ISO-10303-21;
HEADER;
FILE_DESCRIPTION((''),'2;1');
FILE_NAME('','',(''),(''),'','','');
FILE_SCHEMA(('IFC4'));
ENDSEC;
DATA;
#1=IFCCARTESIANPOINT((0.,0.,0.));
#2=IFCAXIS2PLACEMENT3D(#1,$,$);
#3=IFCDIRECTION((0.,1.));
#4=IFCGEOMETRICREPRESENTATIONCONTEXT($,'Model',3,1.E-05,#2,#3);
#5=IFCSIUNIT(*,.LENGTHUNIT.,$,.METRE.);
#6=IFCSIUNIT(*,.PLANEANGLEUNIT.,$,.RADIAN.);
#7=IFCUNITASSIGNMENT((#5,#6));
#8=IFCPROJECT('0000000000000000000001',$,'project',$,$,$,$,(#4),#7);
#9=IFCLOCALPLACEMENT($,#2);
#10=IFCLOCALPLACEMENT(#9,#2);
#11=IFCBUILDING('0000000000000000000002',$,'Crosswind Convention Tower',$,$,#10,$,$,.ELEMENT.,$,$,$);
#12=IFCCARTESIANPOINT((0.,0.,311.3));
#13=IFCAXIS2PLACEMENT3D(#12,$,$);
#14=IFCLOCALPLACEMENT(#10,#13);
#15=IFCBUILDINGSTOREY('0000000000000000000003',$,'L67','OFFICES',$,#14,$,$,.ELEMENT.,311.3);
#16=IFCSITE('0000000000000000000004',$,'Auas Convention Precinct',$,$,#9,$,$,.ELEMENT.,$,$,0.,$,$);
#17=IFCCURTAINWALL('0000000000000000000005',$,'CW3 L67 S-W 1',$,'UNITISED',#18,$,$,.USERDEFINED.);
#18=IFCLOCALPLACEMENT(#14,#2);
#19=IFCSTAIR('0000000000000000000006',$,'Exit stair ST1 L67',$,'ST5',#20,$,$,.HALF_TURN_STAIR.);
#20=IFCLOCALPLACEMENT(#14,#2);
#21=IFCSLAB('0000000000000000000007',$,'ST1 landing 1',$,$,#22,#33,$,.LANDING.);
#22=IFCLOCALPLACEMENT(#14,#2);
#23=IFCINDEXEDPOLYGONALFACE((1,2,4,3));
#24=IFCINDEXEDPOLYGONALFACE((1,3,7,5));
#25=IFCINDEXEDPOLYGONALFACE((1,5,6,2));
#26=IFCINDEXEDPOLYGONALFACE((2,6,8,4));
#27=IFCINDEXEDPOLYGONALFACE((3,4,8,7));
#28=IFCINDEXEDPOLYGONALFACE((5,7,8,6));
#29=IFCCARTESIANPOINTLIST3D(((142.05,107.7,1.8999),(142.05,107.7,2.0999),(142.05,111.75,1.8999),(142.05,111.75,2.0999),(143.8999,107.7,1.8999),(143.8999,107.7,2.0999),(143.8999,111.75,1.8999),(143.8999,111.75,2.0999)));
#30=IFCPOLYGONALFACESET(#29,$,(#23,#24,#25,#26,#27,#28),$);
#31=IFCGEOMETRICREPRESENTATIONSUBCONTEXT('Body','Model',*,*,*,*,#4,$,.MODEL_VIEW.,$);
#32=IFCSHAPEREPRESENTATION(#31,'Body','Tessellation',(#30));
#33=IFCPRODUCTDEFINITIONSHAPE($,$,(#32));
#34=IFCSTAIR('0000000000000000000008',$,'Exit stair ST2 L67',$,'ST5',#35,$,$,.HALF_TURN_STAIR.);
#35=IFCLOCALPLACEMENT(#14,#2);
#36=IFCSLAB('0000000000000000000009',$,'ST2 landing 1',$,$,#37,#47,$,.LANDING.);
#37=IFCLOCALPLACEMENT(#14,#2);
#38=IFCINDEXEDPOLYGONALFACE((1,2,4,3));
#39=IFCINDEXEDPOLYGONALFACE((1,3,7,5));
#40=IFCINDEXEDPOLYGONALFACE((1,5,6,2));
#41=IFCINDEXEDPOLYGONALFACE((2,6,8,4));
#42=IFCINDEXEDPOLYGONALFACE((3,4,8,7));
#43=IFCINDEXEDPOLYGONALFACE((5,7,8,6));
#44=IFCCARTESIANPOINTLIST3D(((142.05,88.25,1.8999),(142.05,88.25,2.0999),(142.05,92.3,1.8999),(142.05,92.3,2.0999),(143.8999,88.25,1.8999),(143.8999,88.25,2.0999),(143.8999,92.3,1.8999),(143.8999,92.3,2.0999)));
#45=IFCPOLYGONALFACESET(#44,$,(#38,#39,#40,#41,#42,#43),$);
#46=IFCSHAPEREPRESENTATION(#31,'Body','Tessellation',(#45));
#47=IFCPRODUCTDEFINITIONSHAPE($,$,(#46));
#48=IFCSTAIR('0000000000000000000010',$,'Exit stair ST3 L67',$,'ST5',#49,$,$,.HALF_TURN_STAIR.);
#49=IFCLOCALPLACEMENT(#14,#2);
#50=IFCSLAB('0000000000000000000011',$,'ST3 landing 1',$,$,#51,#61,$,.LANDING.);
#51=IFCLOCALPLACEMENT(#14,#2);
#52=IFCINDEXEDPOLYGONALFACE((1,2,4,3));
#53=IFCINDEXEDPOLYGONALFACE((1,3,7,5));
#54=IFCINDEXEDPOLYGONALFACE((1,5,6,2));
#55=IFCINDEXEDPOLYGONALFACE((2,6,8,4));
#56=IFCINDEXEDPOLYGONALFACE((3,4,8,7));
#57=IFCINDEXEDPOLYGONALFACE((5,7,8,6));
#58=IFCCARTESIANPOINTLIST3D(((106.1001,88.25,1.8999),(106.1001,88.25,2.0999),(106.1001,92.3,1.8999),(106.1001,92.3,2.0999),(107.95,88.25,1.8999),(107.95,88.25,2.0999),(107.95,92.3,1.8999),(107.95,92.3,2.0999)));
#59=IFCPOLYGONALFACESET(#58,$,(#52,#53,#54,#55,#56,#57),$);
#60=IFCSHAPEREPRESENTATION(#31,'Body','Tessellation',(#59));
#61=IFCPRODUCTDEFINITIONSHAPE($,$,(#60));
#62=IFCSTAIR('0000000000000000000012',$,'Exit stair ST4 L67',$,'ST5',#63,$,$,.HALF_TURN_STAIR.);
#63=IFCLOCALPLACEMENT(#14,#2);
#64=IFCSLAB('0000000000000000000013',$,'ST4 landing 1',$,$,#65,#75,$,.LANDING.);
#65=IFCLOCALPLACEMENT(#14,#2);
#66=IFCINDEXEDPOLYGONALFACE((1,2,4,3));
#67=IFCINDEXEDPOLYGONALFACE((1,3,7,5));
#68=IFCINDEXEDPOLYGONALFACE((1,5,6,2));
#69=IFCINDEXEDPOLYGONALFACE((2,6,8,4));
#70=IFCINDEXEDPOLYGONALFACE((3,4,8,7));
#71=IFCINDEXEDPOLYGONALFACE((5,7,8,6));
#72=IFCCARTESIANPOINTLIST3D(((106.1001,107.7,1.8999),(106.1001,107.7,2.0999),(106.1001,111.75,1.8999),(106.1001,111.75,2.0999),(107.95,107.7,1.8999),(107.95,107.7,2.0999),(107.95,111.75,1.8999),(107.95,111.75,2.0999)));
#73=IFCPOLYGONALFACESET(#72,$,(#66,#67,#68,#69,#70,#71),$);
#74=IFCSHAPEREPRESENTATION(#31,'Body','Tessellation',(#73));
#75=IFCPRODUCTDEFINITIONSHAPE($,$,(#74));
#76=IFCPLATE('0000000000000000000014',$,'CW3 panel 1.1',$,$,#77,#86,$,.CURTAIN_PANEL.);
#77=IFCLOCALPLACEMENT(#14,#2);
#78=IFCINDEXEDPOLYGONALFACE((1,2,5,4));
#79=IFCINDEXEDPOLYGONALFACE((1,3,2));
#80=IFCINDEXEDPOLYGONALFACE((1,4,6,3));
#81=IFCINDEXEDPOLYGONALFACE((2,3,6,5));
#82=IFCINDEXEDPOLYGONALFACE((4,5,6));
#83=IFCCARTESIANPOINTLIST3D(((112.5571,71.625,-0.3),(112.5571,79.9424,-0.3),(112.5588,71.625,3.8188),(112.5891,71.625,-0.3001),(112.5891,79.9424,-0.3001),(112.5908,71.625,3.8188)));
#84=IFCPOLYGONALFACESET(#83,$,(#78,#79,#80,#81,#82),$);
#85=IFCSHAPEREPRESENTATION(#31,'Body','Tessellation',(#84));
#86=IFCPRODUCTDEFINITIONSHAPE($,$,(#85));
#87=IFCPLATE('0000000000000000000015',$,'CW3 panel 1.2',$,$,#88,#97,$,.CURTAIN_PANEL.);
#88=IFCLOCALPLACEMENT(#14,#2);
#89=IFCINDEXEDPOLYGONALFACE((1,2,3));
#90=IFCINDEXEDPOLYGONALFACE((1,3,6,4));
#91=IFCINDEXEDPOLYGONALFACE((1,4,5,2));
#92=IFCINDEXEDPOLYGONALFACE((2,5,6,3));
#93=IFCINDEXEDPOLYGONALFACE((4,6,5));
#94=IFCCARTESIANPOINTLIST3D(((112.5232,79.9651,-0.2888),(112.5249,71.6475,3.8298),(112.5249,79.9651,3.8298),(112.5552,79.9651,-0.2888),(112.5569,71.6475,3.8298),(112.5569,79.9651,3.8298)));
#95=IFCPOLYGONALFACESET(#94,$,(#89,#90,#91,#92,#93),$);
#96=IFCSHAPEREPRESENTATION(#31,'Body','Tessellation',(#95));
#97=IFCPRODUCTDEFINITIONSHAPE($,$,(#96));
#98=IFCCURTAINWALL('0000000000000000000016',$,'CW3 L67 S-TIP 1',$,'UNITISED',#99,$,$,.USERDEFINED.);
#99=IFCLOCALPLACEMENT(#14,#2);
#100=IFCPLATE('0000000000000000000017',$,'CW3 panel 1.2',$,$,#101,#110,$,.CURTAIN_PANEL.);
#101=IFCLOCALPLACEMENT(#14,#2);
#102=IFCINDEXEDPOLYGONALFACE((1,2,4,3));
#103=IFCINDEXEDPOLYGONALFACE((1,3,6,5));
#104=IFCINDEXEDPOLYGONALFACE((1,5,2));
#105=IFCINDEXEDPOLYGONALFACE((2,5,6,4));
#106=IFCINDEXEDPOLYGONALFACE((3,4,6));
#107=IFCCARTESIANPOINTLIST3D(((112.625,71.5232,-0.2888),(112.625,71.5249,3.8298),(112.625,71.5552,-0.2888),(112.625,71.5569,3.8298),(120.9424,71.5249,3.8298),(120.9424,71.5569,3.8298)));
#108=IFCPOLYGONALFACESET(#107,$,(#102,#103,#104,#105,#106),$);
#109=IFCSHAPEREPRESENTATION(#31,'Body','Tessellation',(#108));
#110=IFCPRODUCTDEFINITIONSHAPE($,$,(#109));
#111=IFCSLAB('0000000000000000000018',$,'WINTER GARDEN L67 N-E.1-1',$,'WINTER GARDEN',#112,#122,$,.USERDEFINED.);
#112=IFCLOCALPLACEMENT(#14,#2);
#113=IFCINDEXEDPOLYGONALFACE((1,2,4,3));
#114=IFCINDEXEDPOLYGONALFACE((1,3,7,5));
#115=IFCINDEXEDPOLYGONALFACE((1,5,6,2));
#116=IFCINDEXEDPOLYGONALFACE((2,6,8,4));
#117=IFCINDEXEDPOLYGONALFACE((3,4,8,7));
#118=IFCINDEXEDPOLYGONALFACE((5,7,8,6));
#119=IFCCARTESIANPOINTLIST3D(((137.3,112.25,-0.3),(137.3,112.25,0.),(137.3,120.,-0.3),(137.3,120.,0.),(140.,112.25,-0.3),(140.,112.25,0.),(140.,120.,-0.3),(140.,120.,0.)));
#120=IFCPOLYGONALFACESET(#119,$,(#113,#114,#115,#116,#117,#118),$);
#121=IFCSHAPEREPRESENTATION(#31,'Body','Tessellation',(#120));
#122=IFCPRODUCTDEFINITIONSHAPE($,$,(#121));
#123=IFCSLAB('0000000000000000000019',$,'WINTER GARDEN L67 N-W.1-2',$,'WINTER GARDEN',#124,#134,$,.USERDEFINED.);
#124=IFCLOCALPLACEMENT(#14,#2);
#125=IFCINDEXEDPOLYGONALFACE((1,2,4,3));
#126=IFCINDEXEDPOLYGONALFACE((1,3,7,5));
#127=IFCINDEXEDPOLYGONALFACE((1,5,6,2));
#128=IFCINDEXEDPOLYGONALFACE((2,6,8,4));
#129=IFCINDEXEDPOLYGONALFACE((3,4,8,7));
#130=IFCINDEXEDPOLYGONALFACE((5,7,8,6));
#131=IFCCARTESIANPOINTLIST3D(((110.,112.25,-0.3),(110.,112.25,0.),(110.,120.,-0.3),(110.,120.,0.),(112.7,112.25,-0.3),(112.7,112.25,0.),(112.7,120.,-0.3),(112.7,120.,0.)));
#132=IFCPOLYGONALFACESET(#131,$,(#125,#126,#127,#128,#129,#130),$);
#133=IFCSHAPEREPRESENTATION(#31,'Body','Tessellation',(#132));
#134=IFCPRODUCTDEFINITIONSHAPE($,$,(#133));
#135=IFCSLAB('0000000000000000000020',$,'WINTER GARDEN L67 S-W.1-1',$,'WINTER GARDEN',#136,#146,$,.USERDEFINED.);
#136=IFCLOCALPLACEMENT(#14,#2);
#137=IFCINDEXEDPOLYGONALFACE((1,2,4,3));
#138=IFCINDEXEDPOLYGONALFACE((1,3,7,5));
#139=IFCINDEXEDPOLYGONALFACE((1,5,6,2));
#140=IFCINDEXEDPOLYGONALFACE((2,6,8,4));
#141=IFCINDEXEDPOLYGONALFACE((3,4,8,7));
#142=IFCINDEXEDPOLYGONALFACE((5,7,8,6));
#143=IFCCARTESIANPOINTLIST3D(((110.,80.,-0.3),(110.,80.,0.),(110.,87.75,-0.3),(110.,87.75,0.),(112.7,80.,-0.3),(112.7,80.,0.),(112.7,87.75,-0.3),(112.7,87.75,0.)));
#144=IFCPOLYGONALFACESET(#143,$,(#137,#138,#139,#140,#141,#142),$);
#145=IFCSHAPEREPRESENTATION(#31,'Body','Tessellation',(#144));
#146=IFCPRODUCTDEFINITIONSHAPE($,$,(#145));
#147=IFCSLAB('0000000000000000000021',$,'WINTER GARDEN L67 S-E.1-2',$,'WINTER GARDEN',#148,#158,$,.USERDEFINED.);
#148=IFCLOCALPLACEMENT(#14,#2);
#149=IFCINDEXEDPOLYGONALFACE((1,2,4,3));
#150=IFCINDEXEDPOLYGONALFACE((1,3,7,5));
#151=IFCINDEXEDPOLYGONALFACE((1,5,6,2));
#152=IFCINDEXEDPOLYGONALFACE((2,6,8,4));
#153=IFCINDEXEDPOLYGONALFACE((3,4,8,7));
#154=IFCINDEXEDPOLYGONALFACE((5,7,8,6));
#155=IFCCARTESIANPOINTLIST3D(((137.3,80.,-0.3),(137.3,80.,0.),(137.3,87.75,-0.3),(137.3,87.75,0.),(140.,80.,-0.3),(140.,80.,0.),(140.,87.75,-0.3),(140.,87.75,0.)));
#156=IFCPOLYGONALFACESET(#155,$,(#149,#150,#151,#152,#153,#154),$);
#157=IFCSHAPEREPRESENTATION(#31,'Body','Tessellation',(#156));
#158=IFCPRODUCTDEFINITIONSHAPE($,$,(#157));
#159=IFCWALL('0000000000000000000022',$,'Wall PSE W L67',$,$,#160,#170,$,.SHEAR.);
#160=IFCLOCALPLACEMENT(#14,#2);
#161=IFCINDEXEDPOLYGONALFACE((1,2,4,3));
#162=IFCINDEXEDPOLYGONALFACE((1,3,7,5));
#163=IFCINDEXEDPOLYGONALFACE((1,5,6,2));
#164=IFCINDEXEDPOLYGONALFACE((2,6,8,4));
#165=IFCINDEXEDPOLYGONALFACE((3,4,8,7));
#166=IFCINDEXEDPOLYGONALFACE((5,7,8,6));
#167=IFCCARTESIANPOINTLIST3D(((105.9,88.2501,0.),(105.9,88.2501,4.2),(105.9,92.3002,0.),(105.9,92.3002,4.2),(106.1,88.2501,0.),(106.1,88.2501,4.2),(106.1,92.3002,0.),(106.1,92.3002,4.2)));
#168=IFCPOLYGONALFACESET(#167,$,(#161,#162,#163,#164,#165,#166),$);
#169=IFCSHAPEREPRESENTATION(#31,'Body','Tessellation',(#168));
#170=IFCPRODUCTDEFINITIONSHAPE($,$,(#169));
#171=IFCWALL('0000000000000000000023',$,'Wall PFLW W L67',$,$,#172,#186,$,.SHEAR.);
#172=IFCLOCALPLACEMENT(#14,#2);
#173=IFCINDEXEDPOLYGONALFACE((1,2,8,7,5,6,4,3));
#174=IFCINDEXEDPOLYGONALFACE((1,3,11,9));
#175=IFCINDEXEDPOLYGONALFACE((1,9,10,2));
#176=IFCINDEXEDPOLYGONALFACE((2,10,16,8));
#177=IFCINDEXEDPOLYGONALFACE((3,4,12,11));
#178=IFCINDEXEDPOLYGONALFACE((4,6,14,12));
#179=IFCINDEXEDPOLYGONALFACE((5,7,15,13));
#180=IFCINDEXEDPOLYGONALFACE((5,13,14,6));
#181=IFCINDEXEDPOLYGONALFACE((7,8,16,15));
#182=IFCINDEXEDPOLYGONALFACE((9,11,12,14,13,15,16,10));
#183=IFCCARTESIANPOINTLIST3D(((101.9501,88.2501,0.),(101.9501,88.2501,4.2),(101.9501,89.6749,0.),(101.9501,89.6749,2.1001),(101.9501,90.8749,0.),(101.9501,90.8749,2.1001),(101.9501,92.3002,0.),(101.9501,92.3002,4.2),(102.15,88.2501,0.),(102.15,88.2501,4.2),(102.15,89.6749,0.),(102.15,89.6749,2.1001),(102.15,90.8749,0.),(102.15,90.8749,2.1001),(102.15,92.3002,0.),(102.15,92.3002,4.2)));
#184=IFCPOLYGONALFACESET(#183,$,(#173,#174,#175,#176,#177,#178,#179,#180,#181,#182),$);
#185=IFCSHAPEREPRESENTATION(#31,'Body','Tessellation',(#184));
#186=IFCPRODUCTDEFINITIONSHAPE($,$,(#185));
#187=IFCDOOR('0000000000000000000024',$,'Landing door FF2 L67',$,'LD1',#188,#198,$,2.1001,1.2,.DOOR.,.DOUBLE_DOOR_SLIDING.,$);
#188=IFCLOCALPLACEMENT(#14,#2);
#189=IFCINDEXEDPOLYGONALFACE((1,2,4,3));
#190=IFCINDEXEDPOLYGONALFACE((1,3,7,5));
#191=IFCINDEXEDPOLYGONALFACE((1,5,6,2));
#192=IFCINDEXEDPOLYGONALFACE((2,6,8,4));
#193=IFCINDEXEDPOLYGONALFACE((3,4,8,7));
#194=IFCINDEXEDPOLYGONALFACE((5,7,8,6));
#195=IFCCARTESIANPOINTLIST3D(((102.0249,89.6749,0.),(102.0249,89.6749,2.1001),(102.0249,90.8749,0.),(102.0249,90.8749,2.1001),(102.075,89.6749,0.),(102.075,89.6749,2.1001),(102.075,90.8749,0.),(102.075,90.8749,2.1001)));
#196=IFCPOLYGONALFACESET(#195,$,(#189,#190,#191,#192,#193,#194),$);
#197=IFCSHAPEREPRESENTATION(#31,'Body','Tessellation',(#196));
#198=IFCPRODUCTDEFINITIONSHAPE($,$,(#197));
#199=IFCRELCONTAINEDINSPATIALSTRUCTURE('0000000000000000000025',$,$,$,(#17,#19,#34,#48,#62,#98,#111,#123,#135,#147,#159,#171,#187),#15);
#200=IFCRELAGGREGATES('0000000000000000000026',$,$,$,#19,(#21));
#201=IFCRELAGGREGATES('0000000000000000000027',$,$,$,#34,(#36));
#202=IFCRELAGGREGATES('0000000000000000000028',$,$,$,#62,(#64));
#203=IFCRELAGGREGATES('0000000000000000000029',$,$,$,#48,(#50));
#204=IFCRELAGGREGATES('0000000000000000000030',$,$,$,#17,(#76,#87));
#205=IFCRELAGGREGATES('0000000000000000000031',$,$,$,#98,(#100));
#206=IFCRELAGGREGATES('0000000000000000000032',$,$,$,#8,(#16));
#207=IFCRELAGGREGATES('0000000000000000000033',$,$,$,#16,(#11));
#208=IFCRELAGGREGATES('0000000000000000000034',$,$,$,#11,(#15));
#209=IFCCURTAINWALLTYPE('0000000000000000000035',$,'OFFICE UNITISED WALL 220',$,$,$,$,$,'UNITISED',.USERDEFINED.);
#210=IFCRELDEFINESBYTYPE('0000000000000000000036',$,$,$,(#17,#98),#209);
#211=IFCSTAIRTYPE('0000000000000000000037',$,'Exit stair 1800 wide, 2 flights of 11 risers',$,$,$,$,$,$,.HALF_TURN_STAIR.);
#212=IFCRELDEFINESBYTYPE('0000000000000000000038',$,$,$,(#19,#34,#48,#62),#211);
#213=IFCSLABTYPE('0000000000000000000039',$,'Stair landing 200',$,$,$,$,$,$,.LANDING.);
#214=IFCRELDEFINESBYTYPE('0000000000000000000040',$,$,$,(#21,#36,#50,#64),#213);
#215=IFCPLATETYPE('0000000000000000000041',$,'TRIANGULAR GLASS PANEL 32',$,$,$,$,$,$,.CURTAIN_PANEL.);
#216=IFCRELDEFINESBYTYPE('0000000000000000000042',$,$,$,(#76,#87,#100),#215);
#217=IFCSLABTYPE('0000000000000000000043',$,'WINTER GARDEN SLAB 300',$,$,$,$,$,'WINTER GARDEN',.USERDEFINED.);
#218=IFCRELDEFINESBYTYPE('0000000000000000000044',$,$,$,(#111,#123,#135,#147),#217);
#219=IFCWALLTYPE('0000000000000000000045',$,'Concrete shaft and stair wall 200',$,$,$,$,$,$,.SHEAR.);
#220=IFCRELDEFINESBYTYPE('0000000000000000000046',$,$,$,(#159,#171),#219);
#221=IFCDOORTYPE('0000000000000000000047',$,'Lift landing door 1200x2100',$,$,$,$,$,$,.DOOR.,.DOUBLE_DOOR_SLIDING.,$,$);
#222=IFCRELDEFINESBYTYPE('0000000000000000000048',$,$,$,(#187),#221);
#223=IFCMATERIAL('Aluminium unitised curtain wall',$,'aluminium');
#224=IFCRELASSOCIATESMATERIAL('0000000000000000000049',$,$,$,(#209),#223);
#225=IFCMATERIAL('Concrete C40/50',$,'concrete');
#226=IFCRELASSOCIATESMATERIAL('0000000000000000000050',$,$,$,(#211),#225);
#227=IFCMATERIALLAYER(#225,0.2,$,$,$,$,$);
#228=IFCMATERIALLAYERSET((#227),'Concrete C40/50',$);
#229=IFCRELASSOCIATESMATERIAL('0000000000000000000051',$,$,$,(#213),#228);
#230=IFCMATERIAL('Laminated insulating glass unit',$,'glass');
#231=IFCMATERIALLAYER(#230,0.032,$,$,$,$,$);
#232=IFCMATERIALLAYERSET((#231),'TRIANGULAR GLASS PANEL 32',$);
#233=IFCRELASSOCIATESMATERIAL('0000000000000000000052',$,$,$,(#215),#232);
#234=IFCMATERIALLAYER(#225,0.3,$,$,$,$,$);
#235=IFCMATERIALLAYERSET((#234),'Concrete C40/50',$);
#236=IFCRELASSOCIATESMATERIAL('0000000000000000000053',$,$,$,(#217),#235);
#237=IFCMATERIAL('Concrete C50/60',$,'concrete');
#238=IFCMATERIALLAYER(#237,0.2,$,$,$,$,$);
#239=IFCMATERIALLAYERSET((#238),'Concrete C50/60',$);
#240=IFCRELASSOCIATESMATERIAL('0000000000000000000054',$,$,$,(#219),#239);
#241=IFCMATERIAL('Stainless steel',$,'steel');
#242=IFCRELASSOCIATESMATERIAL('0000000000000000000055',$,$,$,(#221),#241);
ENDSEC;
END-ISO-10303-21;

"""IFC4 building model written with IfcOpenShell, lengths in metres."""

from ifc_helpers import new_model, si_unit, direction, frame, frame_2d, origin, place, context, subcontext, project, spatial, polyline, rectangle, outline, extrude, material, layer, layer_set, type_object, element, fill, aggregate, save


model = new_model("IFC4")

# Units and contexts
model_context = context("Model", 3, precision=1e-05, world=origin(), true_north=direction((0.0, 1.0)))
body_context = subcontext(model_context, "Body", "Model", "MODEL_VIEW")
ifc_project = project(units=[si_unit("LENGTHUNIT", "METRE"), si_unit("PLANEANGLEUNIT", "RADIAN")], contexts=[model_context])

# Site, building, storey
site_placement = place(None, origin())
site = spatial("IfcSite", under=ifc_project, at=site_placement, Name="Auas Convention Precinct", CompositionType="ELEMENT", RefElevation=0.0)
building_placement = place(site_placement, origin())
building = spatial("IfcBuilding", under=site, at=building_placement, Name="Crosswind Convention Tower", CompositionType="ELEMENT")
storey_placement = place(building_placement, frame((0.0, 0.0, 311.3)))
storey = spatial("IfcBuildingStorey", under=building, at=storey_placement, Name="L67", Description="OFFICES", CompositionType="ELEMENT", Elevation=311.3)

# Curtain wall
ifc_material_1 = material(Name="Aluminium unitised curtain wall", Category="aluminium")
curtain_wall_type = type_object("IfcCurtainWallType", Name="OFFICE UNITISED WALL 220", ElementType="UNITISED", PredefinedType="USERDEFINED", material=ifc_material_1)
curtain_wall_1_placement = place(storey_placement, origin())
curtain_wall_1 = element("IfcCurtainWall", 1, at=curtain_wall_1_placement, inside=storey, type_object=curtain_wall_type, Name="CW3 L67 S-W 1", ObjectType="UNITISED", PredefinedType="USERDEFINED")

# Shared definitions
ifc_material_2 = material(Name="Concrete C40/50", Category="concrete")

# Stairs, slabs
stair_type = type_object("IfcStairType", Name="Exit stair 1800 wide, 2 flights of 11 risers", PredefinedType="HALF_TURN_STAIR", material=ifc_material_2)
stair_1_placement = place(storey_placement, origin())
stair_1 = element("IfcStair", 2, at=stair_1_placement, inside=storey, type_object=stair_type, Name="Exit stair ST1 L67", ObjectType="ST5", PredefinedType="HALF_TURN_STAIR")
ifc_layer_1 = layer(ifc_material_2, 0.2)
ifc_layer_set_1 = layer_set([ifc_layer_1], Name="Concrete C40/50")
slab_type_1 = type_object("IfcSlabType", Name="Stair landing 200", PredefinedType="LANDING", material=ifc_layer_set_1)
slab_1_placement = place(storey_placement, frame((0.0, 0.0, 1.8999)))
slab_1 = element("IfcSlab", 3, at=slab_1_placement, type_object=slab_type_1, Name="ST1 landing 1", PredefinedType="LANDING", context=body_context, shape_type="SweptSolid", body=[
    extrude(outline(polyline([(143.8999, 107.7), (143.8999, 111.75), (142.05, 111.75), (142.05, 107.7), (143.8999, 107.7)])), origin(), (0.0, 0.0, 1.0), 0.2),
])
aggregate(stair_1, [slab_1])
stair_2_placement = place(storey_placement, origin())
stair_2 = element("IfcStair", 4, at=stair_2_placement, inside=storey, type_object=stair_type, Name="Exit stair ST2 L67", ObjectType="ST5", PredefinedType="HALF_TURN_STAIR")
slab_2_placement = place(storey_placement, frame((0.0, 0.0, 1.8999)))
slab_2 = element("IfcSlab", 5, at=slab_2_placement, type_object=slab_type_1, Name="ST2 landing 1", PredefinedType="LANDING", context=body_context, shape_type="SweptSolid", body=[
    extrude(outline(polyline([(143.8999, 88.25), (143.8999, 92.3), (142.05, 92.3), (142.05, 88.25), (143.8999, 88.25)])), origin(), (0.0, 0.0, 1.0), 0.2),
])
aggregate(stair_2, [slab_2])
stair_3_placement = place(storey_placement, origin())
stair_3 = element("IfcStair", 6, at=stair_3_placement, inside=storey, type_object=stair_type, Name="Exit stair ST3 L67", ObjectType="ST5", PredefinedType="HALF_TURN_STAIR")
slab_3_placement = place(storey_placement, frame((0.0, 0.0, 1.8999)))
slab_3 = element("IfcSlab", 7, at=slab_3_placement, type_object=slab_type_1, Name="ST3 landing 1", PredefinedType="LANDING", context=body_context, shape_type="SweptSolid", body=[
    extrude(outline(polyline([(107.95, 88.25), (107.95, 92.3), (106.1001, 92.3), (106.1001, 88.25), (107.95, 88.25)])), origin(), (0.0, 0.0, 1.0), 0.2),
])
stair_4_placement = place(storey_placement, origin())
stair_4 = element("IfcStair", 8, at=stair_4_placement, inside=storey, type_object=stair_type, Name="Exit stair ST4 L67", ObjectType="ST5", PredefinedType="HALF_TURN_STAIR")
slab_4_placement = place(storey_placement, frame((0.0, 0.0, 1.8999)))
slab_4 = element("IfcSlab", 9, at=slab_4_placement, type_object=slab_type_1, Name="ST4 landing 1", PredefinedType="LANDING", context=body_context, shape_type="SweptSolid", body=[
    extrude(outline(polyline([(107.95, 107.7), (107.95, 111.75), (106.1001, 111.75), (106.1001, 107.7), (107.95, 107.7)])), origin(), (0.0, 0.0, 1.0), 0.2),
])
aggregate(stair_4, [slab_4])

# Plates
ifc_material_3 = material(Name="Laminated insulating glass unit", Category="glass")
ifc_layer_2 = layer(ifc_material_3, 0.032)
ifc_layer_set_2 = layer_set([ifc_layer_2], Name="TRIANGULAR GLASS PANEL 32")
plate_type = type_object("IfcPlateType", Name="TRIANGULAR GLASS PANEL 32", PredefinedType="CURTAIN_PANEL", material=ifc_layer_set_2)
plate_1_placement = place(storey_placement, frame((112.5571, 71.625, -0.3), z_axis=(-1.0, 0.0, 0.000415), x_axis=(0.000415, 0.0, 1.0)))
plate_1 = element("IfcPlate", 10, at=plate_1_placement, type_object=plate_type, Name="CW3 panel 1.1", PredefinedType="CURTAIN_PANEL", context=body_context, shape_type="SweptSolid", body=[
    extrude(outline(polyline([(0.0, 0.0), (4.1189, 0.0), (0.0, 8.3174), (0.0, 0.0)])), origin(), (0.0, 0.0, -1.0), 0.032),
])
plate_2_placement = place(storey_placement, frame((112.5249, 79.9651, 3.8298), z_axis=(-1.0, 0.0, 0.000415), x_axis=(-0.000415, 0.0, -1.0)))
plate_2 = element("IfcPlate", 11, at=plate_2_placement, type_object=plate_type, Name="CW3 panel 1.2", PredefinedType="CURTAIN_PANEL", context=body_context, shape_type="SweptSolid", body=[
    extrude(outline(polyline([(0.0, 0.0), (4.1187, 0.0), (0.0, 8.3176), (0.0, 0.0)])), origin(), (0.0, 0.0, -1.0), 0.032),
])

# Curtain wall, plate
curtain_wall_2_placement = place(storey_placement, origin())
curtain_wall_2 = element("IfcCurtainWall", 12, at=curtain_wall_2_placement, inside=storey, type_object=curtain_wall_type, Name="CW3 L67 S-TIP 1", ObjectType="UNITISED", PredefinedType="USERDEFINED")
plate_3_placement = place(storey_placement, frame((112.625, 71.5249, 3.8298), z_axis=(0.0, -1.0, 0.000415), x_axis=(0.0, -0.000415, -1.0)))
plate_3 = element("IfcPlate", 13, at=plate_3_placement, type_object=plate_type, Name="CW3 panel 1.2", PredefinedType="CURTAIN_PANEL", context=body_context, shape_type="SweptSolid", body=[
    extrude(outline(polyline([(0.0, 0.0), (4.1187, 0.0), (0.0, 8.3174), (0.0, 0.0)])), origin(), (0.0, 0.0, -1.0), 0.032),
])

# Slabs
ifc_layer_3 = layer(ifc_material_2, 0.3)
ifc_layer_set_3 = layer_set([ifc_layer_3], Name="Concrete C40/50")
slab_type_2 = type_object("IfcSlabType", Name="WINTER GARDEN SLAB 300", ElementType="WINTER GARDEN", PredefinedType="USERDEFINED", material=ifc_layer_set_3)
slab_5_placement = place(storey_placement, frame((0.0, 0.0, -0.3)))
element("IfcSlab", 14, at=slab_5_placement, inside=storey, type_object=slab_type_2, Name="WINTER GARDEN L67 N-E.1-1", ObjectType="WINTER GARDEN", PredefinedType="USERDEFINED", context=body_context, shape_type="SweptSolid", body=[
    extrude(outline(polyline([(137.3, 112.25), (137.3, 120.0), (140.0, 120.0), (140.0, 112.25), (137.3, 112.25)])), origin(), (0.0, 0.0, 1.0), 0.3),
])
slab_6_placement = place(storey_placement, frame((0.0, 0.0, -0.3)))
element("IfcSlab", 15, at=slab_6_placement, inside=storey, type_object=slab_type_2, Name="WINTER GARDEN L67 N-W.1-2", ObjectType="WINTER GARDEN", PredefinedType="USERDEFINED", context=body_context, shape_type="SweptSolid", body=[
    extrude(outline(polyline([(112.7, 120.0), (112.7, 112.25), (110.0, 112.25), (110.0, 120.0), (112.7, 120.0)])), origin(), (0.0, 0.0, 1.0), 0.3),
])
slab_7_placement = place(storey_placement, frame((0.0, 0.0, -0.3)))
element("IfcSlab", 16, at=slab_7_placement, inside=storey, type_object=slab_type_2, Name="WINTER GARDEN L67 S-W.1-1", ObjectType="WINTER GARDEN", PredefinedType="USERDEFINED", context=body_context, shape_type="SweptSolid", body=[
    extrude(outline(polyline([(112.7, 87.75), (112.7, 80.0), (110.0, 80.0), (110.0, 87.75), (112.7, 87.75)])), origin(), (0.0, 0.0, 1.0), 0.3),
])
slab_8_placement = place(storey_placement, frame((0.0, 0.0, -0.3)))
element("IfcSlab", 17, at=slab_8_placement, inside=storey, type_object=slab_type_2, Name="WINTER GARDEN L67 S-E.1-2", ObjectType="WINTER GARDEN", PredefinedType="USERDEFINED", context=body_context, shape_type="SweptSolid", body=[
    extrude(outline(polyline([(137.3, 80.0), (137.3, 87.75), (140.0, 87.75), (140.0, 80.0), (137.3, 80.0)])), origin(), (0.0, 0.0, 1.0), 0.3),
])

# Wall
ifc_material_4 = material(Name="Concrete C50/60", Category="concrete")
ifc_layer_4 = layer(ifc_material_4, 0.2)
ifc_layer_set_4 = layer_set([ifc_layer_4], Name="Concrete C50/60")
wall_type_1 = type_object("IfcWallType", Name="Concrete shaft and stair wall 200", PredefinedType="SHEAR", material=ifc_layer_set_4)
wall_1_placement = place(storey_placement, frame((106.0, 92.3, 0.0), z_axis=(0.0, 0.0, 1.0), x_axis=(0.0, -1.0, 0.0)))
element("IfcWall", 18, at=wall_1_placement, inside=storey, type_object=wall_type_1, Name="Wall PSE W L67", PredefinedType="SHEAR", context=body_context, shape_type="SweptSolid", body=[
    extrude(rectangle(XDim=4.05, YDim=0.2, at=frame_2d((2.0249, 0.0))), origin(), (0.0, 0.0, 1.0), 4.2),
])

# Wall, opening, door
wall_2_placement = place(storey_placement, frame((102.05, 92.3, 0.0), z_axis=(0.0, 0.0, 1.0), x_axis=(0.0, -1.0, 0.0)))
wall_2 = element("IfcWall", 19, at=wall_2_placement, inside=storey, type_object=wall_type_1, Name="Wall PFLW W L67", PredefinedType="SHEAR", context=body_context, shape_type="SweptSolid", body=[
    extrude(rectangle(XDim=4.05, YDim=0.2, at=frame_2d((2.0249, 0.0))), origin(), (0.0, 0.0, 1.0), 4.2),
])
opening_1_placement = place(wall_2_placement, frame((1.425, 0.0, 0.0)))
opening_1 = element("IfcOpeningElement", 20, at=opening_1_placement, cuts=wall_2, PredefinedType="OPENING", context=body_context, shape_type="SweptSolid", body=[
    extrude(rectangle(XDim=1.2, YDim=2.1001, at=frame_2d((0.6001, 1.05))), frame((0.0, 0.1099, 0.0), z_axis=(0.0, -1.0, 0.0), x_axis=(1.0, 0.0, 0.0)), (0.0, 0.0, 1.0), 0.22),
])
ifc_material_5 = material(Name="Stainless steel", Category="steel")
door_type_1 = type_object("IfcDoorType", Name="Lift landing door 1200x2100", OperationType="DOUBLE_DOOR_SLIDING", PredefinedType="DOOR", material=ifc_material_5)
door_1_placement = place(opening_1_placement, origin())
door_1 = element("IfcDoor", 21, at=door_1_placement, inside=storey, type_object=door_type_1, Name="Landing door FF2 L67", ObjectType="LD1", OperationType="DOUBLE_DOOR_SLIDING", OverallHeight=2.1001, OverallWidth=1.2, PredefinedType="DOOR", context=body_context, shape_type="SweptSolid", body=[
    extrude(rectangle(XDim=1.2, YDim=2.1001, at=frame_2d((0.6001, 1.05))), frame((0.0, 0.0249, 0.0), z_axis=(0.0, -1.0, 0.0), x_axis=(1.0, 0.0, 0.0)), (0.0, 0.0, 1.0), 0.05),
])
fill(opening_1, door_1)

aggregate(stair_3, [slab_3])

aggregate(curtain_wall_1, [plate_1, plate_2])
aggregate(curtain_wall_2, [plate_3])

save(model, "model.ifc")
